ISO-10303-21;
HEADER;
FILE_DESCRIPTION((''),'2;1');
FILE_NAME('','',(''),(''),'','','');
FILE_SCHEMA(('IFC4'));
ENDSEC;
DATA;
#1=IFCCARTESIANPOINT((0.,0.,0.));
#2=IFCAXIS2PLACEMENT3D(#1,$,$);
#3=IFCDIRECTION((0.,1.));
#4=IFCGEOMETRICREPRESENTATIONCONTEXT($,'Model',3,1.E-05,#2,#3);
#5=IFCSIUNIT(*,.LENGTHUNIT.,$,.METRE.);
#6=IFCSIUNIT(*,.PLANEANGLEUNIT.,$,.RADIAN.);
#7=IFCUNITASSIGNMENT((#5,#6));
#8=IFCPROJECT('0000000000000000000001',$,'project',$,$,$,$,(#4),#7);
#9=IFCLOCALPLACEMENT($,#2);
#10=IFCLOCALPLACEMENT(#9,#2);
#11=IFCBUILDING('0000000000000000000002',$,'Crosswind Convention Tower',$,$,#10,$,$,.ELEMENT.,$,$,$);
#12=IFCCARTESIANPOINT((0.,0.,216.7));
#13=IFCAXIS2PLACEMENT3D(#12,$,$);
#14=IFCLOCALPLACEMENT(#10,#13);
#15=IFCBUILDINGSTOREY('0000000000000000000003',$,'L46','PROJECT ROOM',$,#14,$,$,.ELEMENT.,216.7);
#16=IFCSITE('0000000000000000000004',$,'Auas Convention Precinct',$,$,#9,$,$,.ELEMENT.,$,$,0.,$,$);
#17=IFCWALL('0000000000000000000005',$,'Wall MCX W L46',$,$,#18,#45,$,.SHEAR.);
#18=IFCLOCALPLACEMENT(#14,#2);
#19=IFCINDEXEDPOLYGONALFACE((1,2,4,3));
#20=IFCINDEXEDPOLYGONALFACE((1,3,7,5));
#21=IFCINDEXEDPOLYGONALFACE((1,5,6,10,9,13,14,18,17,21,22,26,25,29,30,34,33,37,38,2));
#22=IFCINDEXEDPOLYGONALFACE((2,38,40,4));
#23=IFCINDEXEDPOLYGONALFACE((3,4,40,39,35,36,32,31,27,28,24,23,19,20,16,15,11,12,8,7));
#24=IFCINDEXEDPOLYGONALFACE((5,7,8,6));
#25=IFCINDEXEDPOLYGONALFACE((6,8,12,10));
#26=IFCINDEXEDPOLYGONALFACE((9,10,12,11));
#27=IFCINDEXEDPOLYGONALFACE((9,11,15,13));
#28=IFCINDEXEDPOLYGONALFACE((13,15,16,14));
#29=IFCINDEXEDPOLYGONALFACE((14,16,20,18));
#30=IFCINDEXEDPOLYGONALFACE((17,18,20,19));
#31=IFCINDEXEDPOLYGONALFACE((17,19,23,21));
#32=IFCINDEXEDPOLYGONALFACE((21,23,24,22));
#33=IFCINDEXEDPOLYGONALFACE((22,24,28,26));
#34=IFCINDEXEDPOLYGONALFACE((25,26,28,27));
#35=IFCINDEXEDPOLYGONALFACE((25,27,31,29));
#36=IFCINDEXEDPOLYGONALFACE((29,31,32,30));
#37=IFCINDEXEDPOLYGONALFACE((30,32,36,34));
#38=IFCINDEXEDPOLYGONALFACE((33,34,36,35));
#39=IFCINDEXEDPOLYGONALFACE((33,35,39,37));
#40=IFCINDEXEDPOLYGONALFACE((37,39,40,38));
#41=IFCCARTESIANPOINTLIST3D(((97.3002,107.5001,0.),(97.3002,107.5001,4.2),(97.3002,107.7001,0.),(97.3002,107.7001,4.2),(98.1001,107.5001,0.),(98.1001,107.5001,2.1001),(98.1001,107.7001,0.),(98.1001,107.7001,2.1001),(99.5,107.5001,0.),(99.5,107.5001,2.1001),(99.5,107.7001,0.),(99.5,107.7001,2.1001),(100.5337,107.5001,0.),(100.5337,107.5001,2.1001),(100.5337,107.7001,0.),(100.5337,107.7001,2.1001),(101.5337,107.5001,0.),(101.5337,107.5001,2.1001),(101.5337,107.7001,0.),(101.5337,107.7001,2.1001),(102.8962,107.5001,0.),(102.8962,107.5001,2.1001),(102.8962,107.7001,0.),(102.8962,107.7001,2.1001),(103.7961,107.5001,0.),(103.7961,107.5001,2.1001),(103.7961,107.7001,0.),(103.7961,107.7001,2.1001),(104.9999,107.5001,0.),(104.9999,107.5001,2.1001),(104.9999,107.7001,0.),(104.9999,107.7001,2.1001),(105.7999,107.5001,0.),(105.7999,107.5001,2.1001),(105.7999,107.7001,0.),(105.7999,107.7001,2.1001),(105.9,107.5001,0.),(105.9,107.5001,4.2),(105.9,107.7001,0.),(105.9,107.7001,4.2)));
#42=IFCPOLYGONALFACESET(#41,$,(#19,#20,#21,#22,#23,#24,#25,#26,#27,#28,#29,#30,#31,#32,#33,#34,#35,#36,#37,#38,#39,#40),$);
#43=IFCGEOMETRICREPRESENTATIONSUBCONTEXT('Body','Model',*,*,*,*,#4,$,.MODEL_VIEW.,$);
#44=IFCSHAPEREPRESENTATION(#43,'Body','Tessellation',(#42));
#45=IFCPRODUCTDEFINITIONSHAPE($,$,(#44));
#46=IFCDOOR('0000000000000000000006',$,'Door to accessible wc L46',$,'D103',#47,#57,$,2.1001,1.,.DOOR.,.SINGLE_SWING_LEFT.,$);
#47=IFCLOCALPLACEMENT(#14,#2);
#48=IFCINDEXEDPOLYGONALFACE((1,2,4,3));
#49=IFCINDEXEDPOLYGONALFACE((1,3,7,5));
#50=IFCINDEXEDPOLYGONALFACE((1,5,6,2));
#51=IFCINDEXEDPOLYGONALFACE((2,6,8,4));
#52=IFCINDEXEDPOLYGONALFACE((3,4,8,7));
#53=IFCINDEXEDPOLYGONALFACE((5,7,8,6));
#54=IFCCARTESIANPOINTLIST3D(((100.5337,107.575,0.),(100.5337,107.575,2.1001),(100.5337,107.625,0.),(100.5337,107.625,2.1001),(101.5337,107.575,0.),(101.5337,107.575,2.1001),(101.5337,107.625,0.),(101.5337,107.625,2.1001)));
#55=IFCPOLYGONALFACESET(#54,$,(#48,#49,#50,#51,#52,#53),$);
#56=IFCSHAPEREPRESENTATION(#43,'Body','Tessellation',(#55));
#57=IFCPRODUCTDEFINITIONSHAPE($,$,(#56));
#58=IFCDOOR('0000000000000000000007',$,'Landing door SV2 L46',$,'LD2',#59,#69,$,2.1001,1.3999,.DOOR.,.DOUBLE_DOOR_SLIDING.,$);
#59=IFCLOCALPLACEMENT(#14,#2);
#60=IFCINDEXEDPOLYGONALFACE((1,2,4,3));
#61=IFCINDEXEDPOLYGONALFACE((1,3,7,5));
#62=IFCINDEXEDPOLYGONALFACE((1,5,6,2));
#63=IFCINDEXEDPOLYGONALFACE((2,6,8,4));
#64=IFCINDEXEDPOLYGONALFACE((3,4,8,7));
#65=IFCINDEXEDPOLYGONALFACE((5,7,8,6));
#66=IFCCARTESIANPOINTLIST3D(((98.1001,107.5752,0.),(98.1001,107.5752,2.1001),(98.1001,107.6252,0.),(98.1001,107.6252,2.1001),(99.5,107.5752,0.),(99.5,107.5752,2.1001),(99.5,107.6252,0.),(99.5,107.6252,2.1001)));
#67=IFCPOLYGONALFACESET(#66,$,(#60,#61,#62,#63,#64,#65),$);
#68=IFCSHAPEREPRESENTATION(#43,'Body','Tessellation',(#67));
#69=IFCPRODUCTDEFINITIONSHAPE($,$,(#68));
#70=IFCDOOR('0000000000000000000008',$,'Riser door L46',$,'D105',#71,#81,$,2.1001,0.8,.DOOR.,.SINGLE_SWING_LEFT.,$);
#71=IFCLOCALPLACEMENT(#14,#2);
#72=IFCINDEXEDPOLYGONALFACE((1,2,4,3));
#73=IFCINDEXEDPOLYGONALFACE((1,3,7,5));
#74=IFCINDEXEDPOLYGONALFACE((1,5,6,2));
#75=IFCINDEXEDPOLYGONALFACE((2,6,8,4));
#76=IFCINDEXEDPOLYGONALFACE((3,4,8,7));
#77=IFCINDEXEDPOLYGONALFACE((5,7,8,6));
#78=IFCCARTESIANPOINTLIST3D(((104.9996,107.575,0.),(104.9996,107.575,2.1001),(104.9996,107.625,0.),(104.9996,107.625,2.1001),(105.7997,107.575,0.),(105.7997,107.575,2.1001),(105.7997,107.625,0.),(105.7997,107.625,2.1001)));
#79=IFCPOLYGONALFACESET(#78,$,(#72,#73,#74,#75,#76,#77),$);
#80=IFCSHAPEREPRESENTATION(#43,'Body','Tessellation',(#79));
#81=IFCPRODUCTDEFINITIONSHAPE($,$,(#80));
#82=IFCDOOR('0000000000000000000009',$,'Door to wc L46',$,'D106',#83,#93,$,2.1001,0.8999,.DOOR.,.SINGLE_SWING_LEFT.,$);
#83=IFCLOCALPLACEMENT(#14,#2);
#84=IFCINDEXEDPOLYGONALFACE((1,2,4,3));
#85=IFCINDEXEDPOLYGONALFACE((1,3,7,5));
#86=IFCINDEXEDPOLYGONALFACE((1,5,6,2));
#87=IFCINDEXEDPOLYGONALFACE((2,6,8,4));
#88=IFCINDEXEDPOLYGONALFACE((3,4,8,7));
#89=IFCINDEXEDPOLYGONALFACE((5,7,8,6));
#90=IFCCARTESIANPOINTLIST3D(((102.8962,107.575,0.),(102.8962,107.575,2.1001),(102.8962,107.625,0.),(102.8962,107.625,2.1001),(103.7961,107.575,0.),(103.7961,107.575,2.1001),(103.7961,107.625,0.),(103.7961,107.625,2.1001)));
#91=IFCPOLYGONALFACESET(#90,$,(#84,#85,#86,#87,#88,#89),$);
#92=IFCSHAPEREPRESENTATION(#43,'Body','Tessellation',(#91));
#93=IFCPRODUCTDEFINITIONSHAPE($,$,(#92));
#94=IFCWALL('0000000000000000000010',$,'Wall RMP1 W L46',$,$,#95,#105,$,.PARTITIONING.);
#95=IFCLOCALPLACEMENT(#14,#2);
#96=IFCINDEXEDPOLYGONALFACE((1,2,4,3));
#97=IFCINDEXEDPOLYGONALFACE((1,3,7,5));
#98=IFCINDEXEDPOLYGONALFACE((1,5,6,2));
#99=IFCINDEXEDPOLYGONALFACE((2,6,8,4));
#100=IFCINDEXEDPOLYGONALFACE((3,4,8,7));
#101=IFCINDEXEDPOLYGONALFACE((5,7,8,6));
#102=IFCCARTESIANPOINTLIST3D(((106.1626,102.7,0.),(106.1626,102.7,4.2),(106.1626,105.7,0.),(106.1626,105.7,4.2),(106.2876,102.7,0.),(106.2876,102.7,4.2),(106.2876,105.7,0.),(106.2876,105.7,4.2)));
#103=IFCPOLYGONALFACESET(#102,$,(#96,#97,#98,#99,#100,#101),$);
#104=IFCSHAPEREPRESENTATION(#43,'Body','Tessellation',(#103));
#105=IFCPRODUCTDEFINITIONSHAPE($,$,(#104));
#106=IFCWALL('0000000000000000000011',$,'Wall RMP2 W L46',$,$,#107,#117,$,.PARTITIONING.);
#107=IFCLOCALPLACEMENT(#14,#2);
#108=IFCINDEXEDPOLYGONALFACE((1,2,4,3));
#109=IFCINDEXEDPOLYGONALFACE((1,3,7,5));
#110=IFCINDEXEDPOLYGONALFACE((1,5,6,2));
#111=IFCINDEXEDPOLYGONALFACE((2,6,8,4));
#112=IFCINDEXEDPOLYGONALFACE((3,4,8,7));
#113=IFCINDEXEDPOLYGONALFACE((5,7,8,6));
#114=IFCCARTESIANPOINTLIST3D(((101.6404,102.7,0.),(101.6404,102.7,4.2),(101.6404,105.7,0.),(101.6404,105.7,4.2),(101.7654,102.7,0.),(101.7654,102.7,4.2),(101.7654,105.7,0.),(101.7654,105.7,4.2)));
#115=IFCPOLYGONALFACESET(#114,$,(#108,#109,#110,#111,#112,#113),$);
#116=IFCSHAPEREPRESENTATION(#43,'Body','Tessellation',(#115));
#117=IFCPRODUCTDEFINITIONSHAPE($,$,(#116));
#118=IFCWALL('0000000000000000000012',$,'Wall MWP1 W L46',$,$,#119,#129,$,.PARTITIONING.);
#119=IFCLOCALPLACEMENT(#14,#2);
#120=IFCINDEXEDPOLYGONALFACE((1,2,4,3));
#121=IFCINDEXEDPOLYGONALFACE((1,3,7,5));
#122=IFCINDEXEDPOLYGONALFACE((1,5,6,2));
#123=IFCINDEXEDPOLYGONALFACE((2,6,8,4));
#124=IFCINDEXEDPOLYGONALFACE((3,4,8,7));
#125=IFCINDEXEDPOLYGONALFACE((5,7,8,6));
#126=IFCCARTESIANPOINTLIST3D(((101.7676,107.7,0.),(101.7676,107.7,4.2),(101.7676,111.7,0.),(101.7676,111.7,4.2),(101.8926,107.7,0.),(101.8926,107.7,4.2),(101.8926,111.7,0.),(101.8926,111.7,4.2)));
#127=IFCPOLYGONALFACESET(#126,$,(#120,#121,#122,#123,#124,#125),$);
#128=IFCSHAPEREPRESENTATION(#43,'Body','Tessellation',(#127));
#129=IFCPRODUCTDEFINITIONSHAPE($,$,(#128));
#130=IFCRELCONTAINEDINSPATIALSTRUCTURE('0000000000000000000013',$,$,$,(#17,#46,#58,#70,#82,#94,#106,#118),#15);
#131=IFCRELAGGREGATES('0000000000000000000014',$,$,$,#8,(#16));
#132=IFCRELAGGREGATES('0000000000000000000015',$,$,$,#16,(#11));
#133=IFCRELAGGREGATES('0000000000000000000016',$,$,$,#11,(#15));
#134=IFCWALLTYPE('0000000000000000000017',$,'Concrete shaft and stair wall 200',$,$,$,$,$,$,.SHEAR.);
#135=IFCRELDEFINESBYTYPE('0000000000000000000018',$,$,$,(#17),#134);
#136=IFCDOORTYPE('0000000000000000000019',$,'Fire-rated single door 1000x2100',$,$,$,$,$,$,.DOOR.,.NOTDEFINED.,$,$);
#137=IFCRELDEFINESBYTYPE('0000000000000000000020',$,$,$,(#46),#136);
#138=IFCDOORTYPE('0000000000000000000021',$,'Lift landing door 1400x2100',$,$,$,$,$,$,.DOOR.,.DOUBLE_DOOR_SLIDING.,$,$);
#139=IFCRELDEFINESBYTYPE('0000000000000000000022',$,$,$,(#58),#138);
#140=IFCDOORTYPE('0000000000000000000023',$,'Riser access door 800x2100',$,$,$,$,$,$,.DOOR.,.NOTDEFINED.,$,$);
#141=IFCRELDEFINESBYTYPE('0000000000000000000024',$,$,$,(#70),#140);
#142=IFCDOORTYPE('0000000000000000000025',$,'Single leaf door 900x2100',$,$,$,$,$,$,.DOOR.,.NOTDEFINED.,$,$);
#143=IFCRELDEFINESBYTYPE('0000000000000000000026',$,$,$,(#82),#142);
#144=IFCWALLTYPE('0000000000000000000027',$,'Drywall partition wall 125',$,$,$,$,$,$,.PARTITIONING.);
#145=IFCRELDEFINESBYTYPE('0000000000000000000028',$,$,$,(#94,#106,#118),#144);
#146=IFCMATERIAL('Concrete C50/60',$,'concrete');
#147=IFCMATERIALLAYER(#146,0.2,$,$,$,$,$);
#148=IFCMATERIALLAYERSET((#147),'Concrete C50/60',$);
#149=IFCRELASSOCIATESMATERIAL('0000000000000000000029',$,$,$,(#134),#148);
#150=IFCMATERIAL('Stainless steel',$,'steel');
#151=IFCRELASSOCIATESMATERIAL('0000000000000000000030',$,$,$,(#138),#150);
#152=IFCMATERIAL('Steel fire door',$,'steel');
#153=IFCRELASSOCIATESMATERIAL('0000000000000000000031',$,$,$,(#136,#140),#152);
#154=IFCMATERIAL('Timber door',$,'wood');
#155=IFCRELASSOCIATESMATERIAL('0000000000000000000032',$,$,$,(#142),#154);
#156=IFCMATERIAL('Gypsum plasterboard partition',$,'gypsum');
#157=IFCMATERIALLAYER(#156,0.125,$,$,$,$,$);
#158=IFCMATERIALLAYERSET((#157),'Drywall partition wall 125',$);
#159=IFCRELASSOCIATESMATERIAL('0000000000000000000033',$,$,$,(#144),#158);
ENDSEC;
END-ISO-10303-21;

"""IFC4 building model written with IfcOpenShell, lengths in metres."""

from ifc_helpers import new_model, si_unit, direction, frame, frame_2d, origin, place, context, subcontext, project, spatial, rectangle, extrude, material, layer, layer_set, type_object, element, fill, save


model = new_model("IFC4")

# Units and contexts
model_context = context("Model", 3, precision=1e-05, world=origin(), true_north=direction((0.0, 1.0)))
body_context = subcontext(model_context, "Body", "Model", "MODEL_VIEW")
ifc_project = project(units=[si_unit("LENGTHUNIT", "METRE"), si_unit("PLANEANGLEUNIT", "RADIAN")], contexts=[model_context])

# Site, building, storey
site_placement = place(None, origin())
site = spatial("IfcSite", under=ifc_project, at=site_placement, Name="Auas Convention Precinct", CompositionType="ELEMENT", RefElevation=0.0)
building_placement = place(site_placement, origin())
building = spatial("IfcBuilding", under=site, at=building_placement, Name="Crosswind Convention Tower", CompositionType="ELEMENT")
storey_placement = place(building_placement, frame((0.0, 0.0, 216.7)))
storey = spatial("IfcBuildingStorey", under=building, at=storey_placement, Name="L46", Description="PROJECT ROOM", CompositionType="ELEMENT", Elevation=216.7)

# Shared definitions
ifc_material_1 = material(Name="Concrete C50/60", Category="concrete")
ifc_layer_1 = layer(ifc_material_1, 0.2)
ifc_layer_set_1 = layer_set([ifc_layer_1], Name="Concrete C50/60")
wall_type_1 = type_object("IfcWallType", Name="Concrete shaft and stair wall 200", PredefinedType="SHEAR", material=ifc_layer_set_1)

# Shared definitions
ifc_material_2 = material(Name="Stainless steel", Category="steel")
door_type_1 = type_object("IfcDoorType", Name="Lift landing door 1400x2100", OperationType="DOUBLE_DOOR_SLIDING", PredefinedType="DOOR", material=ifc_material_2)

# Wall, openings, doors
wall_1_placement = place(storey_placement, frame((105.8999, 107.6001, 0.0), z_axis=(0.0, 0.0, 1.0), x_axis=(-1.0, 0.0, 0.0)))
wall_1 = element("IfcWall", 1, at=wall_1_placement, inside=storey, type_object=wall_type_1, Name="Wall MCX W L46", PredefinedType="SHEAR", context=body_context, shape_type="SweptSolid", body=[
    extrude(rectangle(XDim=8.5999, YDim=0.2, at=frame_2d((4.2998, 0.0))), origin(), (0.0, 0.0, 1.0), 4.2),
])
opening_1_placement = place(wall_1_placement, frame((0.1001, 0.0, 0.0)))
opening_1 = element("IfcOpeningElement", 2, at=opening_1_placement, cuts=wall_1, PredefinedType="OPENING", context=body_context, shape_type="SweptSolid", body=[
    extrude(rectangle(XDim=0.8, YDim=2.1001, at=frame_2d((0.3999, 1.05))), frame((0.0, 0.1099, 0.0), z_axis=(0.0, -1.0, 0.0), x_axis=(1.0, 0.0, 0.0)), (0.0, 0.0, 1.0), 0.22),
])
opening_2_placement = place(wall_1_placement, frame((2.1038, 0.0, 0.0)))
opening_2 = element("IfcOpeningElement", 3, at=opening_2_placement, cuts=wall_1, PredefinedType="OPENING", context=body_context, shape_type="SweptSolid", body=[
    extrude(rectangle(XDim=0.8999, YDim=2.1001, at=frame_2d((0.45, 1.05))), frame((0.0, 0.1099, 0.0), z_axis=(0.0, -1.0, 0.0), x_axis=(1.0, 0.0, 0.0)), (0.0, 0.0, 1.0), 0.22),
])
opening_3_placement = place(wall_1_placement, frame((4.3662, 0.0, 0.0)))
opening_3 = element("IfcOpeningElement", 4, at=opening_3_placement, cuts=wall_1, PredefinedType="OPENING", context=body_context, shape_type="SweptSolid", body=[
    extrude(rectangle(XDim=1.0, YDim=2.1001, at=frame_2d((0.5, 1.05))), frame((0.0, 0.1099, 0.0), z_axis=(0.0, -1.0, 0.0), x_axis=(1.0, 0.0, 0.0)), (0.0, 0.0, 1.0), 0.22),
])
opening_4_placement = place(wall_1_placement, frame((6.3999, 0.0, 0.0)))
opening_4 = element("IfcOpeningElement", 5, at=opening_4_placement, cuts=wall_1, PredefinedType="OPENING", context=body_context, shape_type="SweptSolid", body=[
    extrude(rectangle(XDim=1.3999, YDim=2.1001, at=frame_2d((0.7, 1.05))), frame((0.0, 0.1099, 0.0), z_axis=(0.0, -1.0, 0.0), x_axis=(1.0, 0.0, 0.0)), (0.0, 0.0, 1.0), 0.22),
])
ifc_material_3 = material(Name="Steel fire door", Category="steel")
door_type_2 = type_object("IfcDoorType", Name="Fire-rated single door 1000x2100", OperationType="NOTDEFINED", PredefinedType="DOOR", material=ifc_material_3)
door_1_placement = place(opening_3_placement, frame((1.0, 0.0, 0.0), z_axis=(0.0, 0.0, 1.0), x_axis=(-1.0, 0.0, 0.0)))
door_1 = element("IfcDoor", 6, at=door_1_placement, inside=storey, type_object=door_type_2, Name="Door to accessible wc L46", ObjectType="D103", OperationType="SINGLE_SWING_LEFT", OverallHeight=2.1001, OverallWidth=1.0, PredefinedType="DOOR", context=body_context, shape_type="SweptSolid", body=[
    extrude(rectangle(XDim=1.0, YDim=2.1001, at=frame_2d((0.5, 1.05))), frame((0.0, 0.0249, 0.0), z_axis=(0.0, -1.0, 0.0), x_axis=(1.0, 0.0, 0.0)), (0.0, 0.0, 1.0), 0.05),
])
fill(opening_3, door_1)
door_2_placement = place(opening_4_placement, origin())
door_2 = element("IfcDoor", 7, at=door_2_placement, inside=storey, type_object=door_type_1, Name="Landing door SV2 L46", ObjectType="LD2", OperationType="DOUBLE_DOOR_SLIDING", OverallHeight=2.1001, OverallWidth=1.3999, PredefinedType="DOOR", context=body_context, shape_type="SweptSolid", body=[
    extrude(rectangle(XDim=1.3999, YDim=2.1001, at=frame_2d((0.7, 1.05))), frame((0.0, 0.0249, 0.0), z_axis=(0.0, -1.0, 0.0), x_axis=(1.0, 0.0, 0.0)), (0.0, 0.0, 1.0), 0.05),
])
fill(opening_4, door_2)
door_type_3 = type_object("IfcDoorType", Name="Riser access door 800x2100", OperationType="NOTDEFINED", PredefinedType="DOOR", material=ifc_material_3)
door_3_placement = place(opening_1_placement, frame((0.8, 0.0, 0.0), z_axis=(0.0, 0.0, 1.0), x_axis=(-1.0, 0.0, 0.0)))
door_3 = element("IfcDoor", 8, at=door_3_placement, inside=storey, type_object=door_type_3, Name="Riser door L46", ObjectType="D105", OperationType="SINGLE_SWING_LEFT", OverallHeight=2.1001, OverallWidth=0.8, PredefinedType="DOOR", context=body_context, shape_type="SweptSolid", body=[
    extrude(rectangle(XDim=0.8, YDim=2.1001, at=frame_2d((0.3999, 1.05))), frame((0.0, 0.0249, 0.0), z_axis=(0.0, -1.0, 0.0), x_axis=(1.0, 0.0, 0.0)), (0.0, 0.0, 1.0), 0.05),
])
fill(opening_1, door_3)
ifc_material_4 = material(Name="Timber door", Category="wood")
door_type_4 = type_object("IfcDoorType", Name="Single leaf door 900x2100", OperationType="NOTDEFINED", PredefinedType="DOOR", material=ifc_material_4)
door_4_placement = place(opening_2_placement, frame((0.8999, 0.0, 0.0), z_axis=(0.0, 0.0, 1.0), x_axis=(-1.0, 0.0, 0.0)))
door_4 = element("IfcDoor", 9, at=door_4_placement, inside=storey, type_object=door_type_4, Name="Door to wc L46", ObjectType="D106", OperationType="SINGLE_SWING_LEFT", OverallHeight=2.1001, OverallWidth=0.8999, PredefinedType="DOOR", context=body_context, shape_type="SweptSolid", body=[
    extrude(rectangle(XDim=0.8999, YDim=2.1001, at=frame_2d((0.45, 1.05))), frame((0.0, 0.0249, 0.0), z_axis=(0.0, -1.0, 0.0), x_axis=(1.0, 0.0, 0.0)), (0.0, 0.0, 1.0), 0.05),
])
fill(opening_2, door_4)

# Walls
ifc_material_5 = material(Name="Gypsum plasterboard partition", Category="gypsum")
ifc_layer_2 = layer(ifc_material_5, 0.125)
ifc_layer_set_2 = layer_set([ifc_layer_2], Name="Drywall partition wall 125")
wall_type_2 = type_object("IfcWallType", Name="Drywall partition wall 125", PredefinedType="PARTITIONING", material=ifc_layer_set_2)
for number, where, z_axis, x_axis, name in (
    (10, (106.2251, 105.7, 0.0), (0.0, 0.0, 1.0), (0.0, -1.0, 0.0), "Wall RMP1 W L46"),
    (11, (101.7029, 105.7, 0.0), (0.0, 0.0, 1.0), (0.0, -1.0, 0.0), "Wall RMP2 W L46"),
):
    element("IfcWall", number, at=place(storey_placement, frame(where, z_axis=z_axis, x_axis=x_axis)), inside=storey, type_object=wall_type_2, Name=name, PredefinedType="PARTITIONING", context=body_context, shape_type="SweptSolid", body=[
        extrude(rectangle(XDim=3.0, YDim=0.125, at=frame_2d((1.5, 0.0))), origin(), (0.0, 0.0, 1.0), 4.2),
    ])
wall_2_placement = place(storey_placement, frame((101.8301, 111.7, 0.0), z_axis=(0.0, 0.0, 1.0), x_axis=(0.0, -1.0, 0.0)))
element("IfcWall", 12, at=wall_2_placement, inside=storey, type_object=wall_type_2, Name="Wall MWP1 W L46", PredefinedType="PARTITIONING", context=body_context, shape_type="SweptSolid", body=[
    extrude(rectangle(XDim=4.0, YDim=0.125, at=frame_2d((2.0, 0.0))), origin(), (0.0, 0.0, 1.0), 4.2),
])

save(model, "model.ifc")
